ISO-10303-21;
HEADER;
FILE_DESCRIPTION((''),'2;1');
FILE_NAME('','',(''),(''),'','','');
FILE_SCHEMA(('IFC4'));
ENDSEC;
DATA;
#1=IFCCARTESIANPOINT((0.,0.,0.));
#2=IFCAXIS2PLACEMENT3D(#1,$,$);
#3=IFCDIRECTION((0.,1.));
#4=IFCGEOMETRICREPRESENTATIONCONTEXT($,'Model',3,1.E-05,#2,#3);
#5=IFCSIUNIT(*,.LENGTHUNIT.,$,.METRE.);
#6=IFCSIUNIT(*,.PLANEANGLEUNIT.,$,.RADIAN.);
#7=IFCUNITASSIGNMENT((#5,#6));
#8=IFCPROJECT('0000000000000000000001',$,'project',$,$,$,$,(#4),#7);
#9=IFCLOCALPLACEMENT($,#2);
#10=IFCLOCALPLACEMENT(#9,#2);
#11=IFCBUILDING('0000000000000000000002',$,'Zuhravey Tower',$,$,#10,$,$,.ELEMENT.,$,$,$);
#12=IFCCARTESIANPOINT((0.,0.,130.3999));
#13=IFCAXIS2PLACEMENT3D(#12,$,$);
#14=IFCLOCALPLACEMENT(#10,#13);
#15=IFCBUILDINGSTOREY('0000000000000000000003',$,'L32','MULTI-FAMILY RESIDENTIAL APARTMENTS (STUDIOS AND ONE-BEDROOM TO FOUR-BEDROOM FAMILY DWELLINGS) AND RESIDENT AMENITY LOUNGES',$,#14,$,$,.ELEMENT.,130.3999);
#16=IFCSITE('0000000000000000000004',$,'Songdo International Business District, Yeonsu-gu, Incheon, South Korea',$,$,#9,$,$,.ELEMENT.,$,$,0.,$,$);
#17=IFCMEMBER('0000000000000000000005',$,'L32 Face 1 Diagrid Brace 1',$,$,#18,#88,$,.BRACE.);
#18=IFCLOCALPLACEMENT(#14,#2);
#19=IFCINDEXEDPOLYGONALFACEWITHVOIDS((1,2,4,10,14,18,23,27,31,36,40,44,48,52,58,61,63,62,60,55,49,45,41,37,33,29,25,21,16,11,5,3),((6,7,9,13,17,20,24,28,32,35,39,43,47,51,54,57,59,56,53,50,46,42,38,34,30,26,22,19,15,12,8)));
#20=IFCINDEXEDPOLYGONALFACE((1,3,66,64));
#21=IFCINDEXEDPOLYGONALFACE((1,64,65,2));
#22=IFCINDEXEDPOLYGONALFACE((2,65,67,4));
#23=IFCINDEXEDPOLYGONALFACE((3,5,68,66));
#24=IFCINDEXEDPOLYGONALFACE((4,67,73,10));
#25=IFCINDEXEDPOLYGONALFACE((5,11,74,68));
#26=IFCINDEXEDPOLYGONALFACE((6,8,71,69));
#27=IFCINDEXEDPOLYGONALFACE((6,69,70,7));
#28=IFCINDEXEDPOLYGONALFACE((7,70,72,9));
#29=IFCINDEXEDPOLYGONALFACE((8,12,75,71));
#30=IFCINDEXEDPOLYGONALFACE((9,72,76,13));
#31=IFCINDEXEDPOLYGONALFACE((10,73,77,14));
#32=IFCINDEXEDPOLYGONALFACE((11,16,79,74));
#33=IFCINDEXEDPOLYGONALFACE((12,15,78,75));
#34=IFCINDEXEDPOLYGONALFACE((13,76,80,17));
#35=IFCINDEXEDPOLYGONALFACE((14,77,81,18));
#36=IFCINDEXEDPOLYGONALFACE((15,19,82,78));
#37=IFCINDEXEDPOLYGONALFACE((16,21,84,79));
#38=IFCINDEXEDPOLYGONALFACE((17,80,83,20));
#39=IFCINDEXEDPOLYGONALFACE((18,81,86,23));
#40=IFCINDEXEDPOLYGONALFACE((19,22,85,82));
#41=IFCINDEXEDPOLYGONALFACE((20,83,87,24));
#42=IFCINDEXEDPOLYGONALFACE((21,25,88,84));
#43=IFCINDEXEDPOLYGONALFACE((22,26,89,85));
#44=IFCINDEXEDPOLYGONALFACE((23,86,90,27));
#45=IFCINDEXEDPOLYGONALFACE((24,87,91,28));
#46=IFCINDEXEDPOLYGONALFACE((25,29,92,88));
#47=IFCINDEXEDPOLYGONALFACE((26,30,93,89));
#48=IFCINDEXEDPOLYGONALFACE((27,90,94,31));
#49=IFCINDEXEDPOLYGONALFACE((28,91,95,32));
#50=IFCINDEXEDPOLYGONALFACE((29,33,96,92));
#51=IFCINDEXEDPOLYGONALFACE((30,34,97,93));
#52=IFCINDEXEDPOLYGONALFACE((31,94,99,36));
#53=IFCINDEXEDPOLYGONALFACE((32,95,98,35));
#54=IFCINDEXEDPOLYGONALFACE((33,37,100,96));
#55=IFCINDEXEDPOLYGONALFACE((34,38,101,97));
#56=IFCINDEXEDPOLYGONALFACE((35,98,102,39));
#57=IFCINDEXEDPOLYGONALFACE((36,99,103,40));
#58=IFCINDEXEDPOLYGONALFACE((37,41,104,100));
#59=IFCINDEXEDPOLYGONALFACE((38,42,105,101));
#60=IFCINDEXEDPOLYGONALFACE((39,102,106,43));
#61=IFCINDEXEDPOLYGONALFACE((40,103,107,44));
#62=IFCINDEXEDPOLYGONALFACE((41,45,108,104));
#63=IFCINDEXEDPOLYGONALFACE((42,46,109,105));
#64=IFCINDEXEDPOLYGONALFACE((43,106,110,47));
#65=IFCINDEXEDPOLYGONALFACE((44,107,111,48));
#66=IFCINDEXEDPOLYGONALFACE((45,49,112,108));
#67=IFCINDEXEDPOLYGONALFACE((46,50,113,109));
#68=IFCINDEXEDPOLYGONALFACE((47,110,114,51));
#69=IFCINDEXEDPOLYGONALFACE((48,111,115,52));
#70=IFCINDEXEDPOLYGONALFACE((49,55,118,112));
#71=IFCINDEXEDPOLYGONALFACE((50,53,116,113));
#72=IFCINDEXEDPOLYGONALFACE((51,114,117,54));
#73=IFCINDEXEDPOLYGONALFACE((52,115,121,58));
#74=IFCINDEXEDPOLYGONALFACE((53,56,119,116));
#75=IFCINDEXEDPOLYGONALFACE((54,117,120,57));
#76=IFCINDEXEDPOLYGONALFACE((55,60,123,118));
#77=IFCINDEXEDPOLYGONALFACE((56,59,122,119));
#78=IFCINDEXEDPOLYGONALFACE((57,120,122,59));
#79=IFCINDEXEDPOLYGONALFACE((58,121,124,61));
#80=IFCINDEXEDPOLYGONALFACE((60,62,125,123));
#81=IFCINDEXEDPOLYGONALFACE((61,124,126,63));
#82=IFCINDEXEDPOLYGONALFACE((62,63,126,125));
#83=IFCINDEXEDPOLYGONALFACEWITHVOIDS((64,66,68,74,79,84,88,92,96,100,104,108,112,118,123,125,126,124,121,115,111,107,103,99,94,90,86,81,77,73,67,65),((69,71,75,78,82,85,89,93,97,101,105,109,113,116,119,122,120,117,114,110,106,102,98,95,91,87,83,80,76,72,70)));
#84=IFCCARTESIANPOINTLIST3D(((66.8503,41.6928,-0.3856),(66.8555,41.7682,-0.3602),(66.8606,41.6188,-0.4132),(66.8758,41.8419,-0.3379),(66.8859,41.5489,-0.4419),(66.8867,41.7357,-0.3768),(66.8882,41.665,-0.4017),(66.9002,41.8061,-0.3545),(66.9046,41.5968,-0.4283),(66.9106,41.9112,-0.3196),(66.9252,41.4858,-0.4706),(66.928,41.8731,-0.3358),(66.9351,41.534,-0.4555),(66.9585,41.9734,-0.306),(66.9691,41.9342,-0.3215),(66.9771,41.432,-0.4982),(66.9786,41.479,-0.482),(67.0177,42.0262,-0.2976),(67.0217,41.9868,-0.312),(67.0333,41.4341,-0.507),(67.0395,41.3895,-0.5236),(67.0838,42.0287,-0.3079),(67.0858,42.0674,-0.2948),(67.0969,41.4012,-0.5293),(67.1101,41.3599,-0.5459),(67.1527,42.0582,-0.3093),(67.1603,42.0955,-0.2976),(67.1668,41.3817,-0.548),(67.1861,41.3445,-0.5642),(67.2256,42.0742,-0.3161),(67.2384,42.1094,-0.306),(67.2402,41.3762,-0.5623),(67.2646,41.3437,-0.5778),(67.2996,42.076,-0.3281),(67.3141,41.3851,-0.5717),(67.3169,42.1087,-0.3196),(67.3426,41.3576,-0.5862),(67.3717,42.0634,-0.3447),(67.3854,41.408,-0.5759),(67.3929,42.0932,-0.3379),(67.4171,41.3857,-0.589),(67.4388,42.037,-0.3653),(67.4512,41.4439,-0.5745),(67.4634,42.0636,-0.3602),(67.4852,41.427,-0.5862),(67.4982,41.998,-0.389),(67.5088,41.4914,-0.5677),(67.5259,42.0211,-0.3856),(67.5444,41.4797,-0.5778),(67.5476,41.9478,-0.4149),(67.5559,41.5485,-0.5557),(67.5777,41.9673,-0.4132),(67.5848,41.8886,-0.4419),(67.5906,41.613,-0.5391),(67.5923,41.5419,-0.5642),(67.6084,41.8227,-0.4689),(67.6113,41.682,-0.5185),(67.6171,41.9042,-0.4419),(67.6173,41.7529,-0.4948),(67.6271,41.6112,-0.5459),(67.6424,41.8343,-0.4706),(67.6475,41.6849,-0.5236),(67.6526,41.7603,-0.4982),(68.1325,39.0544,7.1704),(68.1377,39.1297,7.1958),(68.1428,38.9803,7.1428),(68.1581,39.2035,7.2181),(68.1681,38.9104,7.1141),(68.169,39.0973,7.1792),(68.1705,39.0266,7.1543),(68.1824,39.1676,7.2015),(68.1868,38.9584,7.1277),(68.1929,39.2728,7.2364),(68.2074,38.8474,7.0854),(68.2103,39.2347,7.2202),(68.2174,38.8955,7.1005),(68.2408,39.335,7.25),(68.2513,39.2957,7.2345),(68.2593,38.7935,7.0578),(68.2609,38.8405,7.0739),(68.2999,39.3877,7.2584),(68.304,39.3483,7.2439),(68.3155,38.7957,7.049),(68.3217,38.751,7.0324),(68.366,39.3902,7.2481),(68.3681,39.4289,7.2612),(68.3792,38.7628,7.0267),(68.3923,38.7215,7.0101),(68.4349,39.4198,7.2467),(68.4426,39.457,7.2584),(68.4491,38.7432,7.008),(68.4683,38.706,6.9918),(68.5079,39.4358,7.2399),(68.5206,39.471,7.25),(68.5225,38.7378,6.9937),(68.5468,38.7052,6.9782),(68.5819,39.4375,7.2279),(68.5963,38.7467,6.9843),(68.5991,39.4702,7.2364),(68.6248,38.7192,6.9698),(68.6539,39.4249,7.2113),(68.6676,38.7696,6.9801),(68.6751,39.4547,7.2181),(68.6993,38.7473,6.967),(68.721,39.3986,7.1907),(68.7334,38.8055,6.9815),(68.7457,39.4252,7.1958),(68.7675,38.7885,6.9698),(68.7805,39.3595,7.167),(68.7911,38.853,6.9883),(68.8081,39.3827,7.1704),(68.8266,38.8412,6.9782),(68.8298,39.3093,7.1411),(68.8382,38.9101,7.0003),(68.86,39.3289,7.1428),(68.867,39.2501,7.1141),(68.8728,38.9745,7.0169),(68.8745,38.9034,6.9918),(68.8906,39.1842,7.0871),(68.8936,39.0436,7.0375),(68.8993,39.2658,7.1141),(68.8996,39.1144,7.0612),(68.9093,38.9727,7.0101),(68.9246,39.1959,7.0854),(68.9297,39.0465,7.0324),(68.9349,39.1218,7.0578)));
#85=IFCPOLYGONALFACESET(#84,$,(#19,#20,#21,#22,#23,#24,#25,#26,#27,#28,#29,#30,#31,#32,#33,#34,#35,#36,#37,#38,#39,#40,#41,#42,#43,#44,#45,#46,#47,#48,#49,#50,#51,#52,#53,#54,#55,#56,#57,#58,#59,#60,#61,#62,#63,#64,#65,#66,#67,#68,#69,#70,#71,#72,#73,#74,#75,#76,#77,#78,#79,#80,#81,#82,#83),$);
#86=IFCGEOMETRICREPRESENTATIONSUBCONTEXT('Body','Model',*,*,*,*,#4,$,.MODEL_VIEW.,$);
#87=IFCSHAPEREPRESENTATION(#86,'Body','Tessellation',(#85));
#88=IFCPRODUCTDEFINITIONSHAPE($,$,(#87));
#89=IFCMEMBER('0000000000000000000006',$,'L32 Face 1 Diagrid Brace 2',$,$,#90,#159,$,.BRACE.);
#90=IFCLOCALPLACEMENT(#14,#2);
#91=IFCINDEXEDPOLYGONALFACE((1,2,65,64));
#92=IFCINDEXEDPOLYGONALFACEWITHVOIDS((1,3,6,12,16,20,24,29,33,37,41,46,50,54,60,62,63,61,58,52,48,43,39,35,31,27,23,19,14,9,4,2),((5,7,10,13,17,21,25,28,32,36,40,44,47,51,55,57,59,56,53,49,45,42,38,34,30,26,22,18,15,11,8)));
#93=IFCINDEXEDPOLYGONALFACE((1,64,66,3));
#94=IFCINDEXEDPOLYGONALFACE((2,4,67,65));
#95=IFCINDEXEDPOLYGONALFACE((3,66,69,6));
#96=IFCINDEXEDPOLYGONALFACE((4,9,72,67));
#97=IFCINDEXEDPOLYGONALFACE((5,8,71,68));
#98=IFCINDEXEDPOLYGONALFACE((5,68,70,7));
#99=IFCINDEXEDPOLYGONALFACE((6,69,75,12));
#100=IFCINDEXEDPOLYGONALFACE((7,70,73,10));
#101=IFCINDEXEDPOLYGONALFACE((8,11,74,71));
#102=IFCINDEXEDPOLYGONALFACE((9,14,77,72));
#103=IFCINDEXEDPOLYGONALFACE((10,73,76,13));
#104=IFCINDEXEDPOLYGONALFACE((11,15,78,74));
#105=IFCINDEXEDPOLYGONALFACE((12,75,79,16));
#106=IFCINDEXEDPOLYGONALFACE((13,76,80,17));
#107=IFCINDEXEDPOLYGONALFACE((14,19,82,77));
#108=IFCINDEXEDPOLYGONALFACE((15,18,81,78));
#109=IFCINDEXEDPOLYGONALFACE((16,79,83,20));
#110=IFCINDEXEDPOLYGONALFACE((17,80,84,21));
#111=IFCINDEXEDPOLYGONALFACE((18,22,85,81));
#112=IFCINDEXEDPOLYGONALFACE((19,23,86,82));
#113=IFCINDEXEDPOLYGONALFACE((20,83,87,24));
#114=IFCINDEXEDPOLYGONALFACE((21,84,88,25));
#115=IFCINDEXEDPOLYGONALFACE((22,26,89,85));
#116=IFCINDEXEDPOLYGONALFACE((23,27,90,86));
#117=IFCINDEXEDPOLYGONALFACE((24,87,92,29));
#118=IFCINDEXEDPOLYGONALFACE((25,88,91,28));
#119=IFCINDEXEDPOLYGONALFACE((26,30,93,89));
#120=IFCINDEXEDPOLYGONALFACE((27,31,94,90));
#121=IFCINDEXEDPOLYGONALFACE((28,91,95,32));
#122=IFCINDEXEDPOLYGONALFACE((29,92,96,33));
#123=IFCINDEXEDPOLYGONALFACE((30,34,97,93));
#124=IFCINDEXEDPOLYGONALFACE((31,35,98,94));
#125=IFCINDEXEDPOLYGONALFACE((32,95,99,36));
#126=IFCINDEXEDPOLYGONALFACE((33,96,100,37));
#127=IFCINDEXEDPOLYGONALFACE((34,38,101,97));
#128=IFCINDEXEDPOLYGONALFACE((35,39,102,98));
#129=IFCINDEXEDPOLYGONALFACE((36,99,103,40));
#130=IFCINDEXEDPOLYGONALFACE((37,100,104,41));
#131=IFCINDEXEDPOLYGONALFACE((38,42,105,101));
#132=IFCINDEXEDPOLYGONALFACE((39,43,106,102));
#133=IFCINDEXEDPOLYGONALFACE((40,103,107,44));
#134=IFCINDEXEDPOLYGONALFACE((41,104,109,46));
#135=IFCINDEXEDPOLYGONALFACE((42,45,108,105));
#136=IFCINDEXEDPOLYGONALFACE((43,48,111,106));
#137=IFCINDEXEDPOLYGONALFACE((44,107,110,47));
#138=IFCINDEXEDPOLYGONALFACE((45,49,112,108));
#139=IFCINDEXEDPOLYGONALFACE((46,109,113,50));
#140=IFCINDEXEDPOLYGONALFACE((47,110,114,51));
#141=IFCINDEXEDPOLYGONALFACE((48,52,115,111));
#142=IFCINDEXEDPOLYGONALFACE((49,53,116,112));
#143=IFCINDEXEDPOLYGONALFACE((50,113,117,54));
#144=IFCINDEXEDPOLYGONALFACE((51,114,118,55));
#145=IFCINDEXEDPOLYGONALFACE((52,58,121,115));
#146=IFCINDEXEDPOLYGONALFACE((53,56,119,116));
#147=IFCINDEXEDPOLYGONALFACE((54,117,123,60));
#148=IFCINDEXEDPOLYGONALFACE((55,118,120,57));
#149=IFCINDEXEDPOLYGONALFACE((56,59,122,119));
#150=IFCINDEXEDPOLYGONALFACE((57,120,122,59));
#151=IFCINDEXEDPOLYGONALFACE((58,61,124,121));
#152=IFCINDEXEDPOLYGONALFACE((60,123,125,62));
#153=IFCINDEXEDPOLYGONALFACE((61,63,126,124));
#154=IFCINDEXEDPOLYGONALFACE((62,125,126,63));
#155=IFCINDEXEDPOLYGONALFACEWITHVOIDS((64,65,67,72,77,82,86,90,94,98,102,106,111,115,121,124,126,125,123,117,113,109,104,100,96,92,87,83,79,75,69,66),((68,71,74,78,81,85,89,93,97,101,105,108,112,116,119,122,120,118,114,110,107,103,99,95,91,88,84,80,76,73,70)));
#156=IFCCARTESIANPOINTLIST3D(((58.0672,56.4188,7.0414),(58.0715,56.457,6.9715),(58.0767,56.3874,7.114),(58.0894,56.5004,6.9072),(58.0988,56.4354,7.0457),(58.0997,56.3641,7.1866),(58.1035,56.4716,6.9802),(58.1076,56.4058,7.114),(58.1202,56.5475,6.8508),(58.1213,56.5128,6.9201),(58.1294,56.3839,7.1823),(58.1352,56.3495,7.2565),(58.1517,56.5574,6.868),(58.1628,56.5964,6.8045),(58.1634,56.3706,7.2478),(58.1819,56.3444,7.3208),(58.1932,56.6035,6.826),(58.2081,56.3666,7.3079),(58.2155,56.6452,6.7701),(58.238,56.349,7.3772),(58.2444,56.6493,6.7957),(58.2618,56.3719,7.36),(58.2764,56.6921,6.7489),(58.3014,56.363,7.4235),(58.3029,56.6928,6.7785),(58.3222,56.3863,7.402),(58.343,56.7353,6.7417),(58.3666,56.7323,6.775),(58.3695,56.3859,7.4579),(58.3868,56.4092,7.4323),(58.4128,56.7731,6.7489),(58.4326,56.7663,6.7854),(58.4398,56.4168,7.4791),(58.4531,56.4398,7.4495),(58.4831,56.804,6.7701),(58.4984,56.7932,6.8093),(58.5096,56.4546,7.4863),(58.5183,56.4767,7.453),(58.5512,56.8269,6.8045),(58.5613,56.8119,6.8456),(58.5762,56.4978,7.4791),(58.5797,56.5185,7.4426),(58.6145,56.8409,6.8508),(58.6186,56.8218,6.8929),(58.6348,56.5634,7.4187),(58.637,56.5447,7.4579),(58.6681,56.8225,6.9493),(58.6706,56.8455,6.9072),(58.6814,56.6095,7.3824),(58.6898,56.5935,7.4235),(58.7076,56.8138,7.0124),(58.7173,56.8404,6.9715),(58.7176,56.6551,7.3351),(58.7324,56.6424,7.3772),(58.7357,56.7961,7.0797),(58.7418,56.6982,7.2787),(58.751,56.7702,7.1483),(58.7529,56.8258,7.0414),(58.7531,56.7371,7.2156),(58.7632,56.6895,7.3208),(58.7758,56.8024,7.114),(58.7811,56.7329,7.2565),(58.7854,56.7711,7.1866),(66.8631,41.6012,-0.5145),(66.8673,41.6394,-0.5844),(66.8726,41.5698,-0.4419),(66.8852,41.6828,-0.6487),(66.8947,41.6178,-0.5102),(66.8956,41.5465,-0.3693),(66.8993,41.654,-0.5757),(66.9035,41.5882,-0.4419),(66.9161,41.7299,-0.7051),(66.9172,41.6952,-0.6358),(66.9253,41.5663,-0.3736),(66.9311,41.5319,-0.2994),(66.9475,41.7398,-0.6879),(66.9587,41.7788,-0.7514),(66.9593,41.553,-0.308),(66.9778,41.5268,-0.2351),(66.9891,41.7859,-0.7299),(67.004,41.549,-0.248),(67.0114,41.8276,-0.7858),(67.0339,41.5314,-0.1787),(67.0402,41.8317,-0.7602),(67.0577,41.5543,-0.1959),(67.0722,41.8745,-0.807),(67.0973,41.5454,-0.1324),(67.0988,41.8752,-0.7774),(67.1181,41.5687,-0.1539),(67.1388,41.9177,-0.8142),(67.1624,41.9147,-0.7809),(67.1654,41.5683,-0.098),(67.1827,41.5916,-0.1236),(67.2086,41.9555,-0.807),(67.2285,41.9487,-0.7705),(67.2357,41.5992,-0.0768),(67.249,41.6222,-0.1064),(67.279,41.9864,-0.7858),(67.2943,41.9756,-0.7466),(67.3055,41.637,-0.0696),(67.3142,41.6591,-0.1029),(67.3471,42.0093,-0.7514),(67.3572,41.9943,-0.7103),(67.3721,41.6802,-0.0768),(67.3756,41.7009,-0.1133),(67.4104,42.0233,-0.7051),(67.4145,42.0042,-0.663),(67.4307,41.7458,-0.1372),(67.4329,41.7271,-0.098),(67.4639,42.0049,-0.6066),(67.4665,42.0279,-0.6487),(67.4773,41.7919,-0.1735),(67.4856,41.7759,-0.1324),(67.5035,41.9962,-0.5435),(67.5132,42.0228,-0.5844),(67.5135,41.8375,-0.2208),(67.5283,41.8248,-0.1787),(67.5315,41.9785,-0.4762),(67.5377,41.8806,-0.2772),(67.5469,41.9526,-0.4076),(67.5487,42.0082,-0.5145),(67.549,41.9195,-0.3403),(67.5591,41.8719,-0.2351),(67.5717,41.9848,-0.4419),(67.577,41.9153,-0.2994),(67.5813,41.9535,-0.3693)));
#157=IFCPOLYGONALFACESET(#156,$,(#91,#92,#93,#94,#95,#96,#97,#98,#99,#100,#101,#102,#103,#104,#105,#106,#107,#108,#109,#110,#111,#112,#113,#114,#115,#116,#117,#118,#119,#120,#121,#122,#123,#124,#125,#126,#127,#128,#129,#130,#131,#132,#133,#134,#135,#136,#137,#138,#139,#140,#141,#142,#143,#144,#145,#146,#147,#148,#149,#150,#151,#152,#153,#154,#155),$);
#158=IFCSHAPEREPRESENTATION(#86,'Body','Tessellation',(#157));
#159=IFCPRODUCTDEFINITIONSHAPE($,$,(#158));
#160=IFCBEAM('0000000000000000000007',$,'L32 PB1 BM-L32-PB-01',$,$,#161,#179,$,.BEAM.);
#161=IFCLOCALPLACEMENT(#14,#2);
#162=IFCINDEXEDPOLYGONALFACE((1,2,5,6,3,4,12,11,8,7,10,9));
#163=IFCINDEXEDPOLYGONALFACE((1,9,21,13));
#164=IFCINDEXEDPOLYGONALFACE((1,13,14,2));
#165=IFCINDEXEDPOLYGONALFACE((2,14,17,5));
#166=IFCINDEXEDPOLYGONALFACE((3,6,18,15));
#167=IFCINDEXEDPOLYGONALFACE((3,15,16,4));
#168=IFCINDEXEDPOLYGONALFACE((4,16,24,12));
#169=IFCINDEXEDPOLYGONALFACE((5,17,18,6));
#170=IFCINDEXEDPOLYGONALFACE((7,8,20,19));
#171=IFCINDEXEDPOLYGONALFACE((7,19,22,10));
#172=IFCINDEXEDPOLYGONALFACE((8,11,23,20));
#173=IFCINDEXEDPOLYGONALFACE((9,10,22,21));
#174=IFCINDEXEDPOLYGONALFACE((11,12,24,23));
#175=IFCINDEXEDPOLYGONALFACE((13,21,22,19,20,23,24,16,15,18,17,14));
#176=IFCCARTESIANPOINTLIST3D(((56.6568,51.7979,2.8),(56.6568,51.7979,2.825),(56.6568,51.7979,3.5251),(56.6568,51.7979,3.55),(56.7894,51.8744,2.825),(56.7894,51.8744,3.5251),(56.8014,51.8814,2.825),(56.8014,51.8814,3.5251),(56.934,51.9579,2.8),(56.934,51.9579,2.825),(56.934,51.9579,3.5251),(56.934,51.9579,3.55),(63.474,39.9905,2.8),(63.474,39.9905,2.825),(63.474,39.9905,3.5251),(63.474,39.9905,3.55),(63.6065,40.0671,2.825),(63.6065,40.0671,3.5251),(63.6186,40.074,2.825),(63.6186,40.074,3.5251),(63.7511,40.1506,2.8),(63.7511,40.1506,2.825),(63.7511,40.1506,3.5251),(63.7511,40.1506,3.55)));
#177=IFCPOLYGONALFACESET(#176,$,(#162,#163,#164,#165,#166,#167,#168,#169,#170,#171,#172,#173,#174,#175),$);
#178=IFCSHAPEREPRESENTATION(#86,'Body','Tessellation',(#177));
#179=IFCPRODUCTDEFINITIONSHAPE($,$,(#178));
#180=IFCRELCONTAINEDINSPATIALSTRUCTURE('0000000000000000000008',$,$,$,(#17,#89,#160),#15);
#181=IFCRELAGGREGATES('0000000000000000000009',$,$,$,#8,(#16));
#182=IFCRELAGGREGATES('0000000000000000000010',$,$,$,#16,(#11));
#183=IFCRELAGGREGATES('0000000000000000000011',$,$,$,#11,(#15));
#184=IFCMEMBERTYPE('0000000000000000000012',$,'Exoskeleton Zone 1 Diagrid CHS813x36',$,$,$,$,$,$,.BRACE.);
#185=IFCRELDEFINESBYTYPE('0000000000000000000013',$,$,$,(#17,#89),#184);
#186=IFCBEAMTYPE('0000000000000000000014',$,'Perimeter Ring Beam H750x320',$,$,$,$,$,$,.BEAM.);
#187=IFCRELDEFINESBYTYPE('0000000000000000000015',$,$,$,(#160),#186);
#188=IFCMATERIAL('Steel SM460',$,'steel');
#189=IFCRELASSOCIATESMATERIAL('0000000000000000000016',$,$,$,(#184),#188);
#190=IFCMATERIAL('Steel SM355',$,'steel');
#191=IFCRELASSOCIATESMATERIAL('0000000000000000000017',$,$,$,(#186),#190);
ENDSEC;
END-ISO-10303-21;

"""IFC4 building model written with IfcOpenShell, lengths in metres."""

from ifc_helpers import new_model, si_unit, direction, frame, origin, origin_2d, place, context, subcontext, project, spatial, hollow_circle, i_section, extrude, material, material_profile, profile_set, type_object, element, save


model = new_model("IFC4")

# Units and contexts
model_context = context("Model", 3, precision=1e-05, world=origin(), true_north=direction((0.0, 1.0)))
body_context = subcontext(model_context, "Body", "Model", "MODEL_VIEW")
ifc_project = project(units=[si_unit("LENGTHUNIT", "METRE"), si_unit("PLANEANGLEUNIT", "RADIAN")], contexts=[model_context])

# Site, building, storey
site_placement = place(None, origin())
site = spatial("IfcSite", under=ifc_project, at=site_placement, Name="Songdo International Business District, Yeonsu-gu, Incheon, South Korea", CompositionType="ELEMENT", RefElevation=0.0)
building_placement = place(site_placement, origin())
building = spatial("IfcBuilding", under=site, at=building_placement, Name="Zuhravey Tower", CompositionType="ELEMENT")
storey_placement = place(building_placement, frame((0.0, 0.0, 130.3999)))
storey = spatial("IfcBuildingStorey", under=building, at=storey_placement, Name="L32", Description="MULTI-FAMILY RESIDENTIAL APARTMENTS (STUDIOS AND ONE-BEDROOM TO FOUR-BEDROOM FAMILY DWELLINGS) AND RESIDENT AMENITY LOUNGES", CompositionType="ELEMENT", Elevation=130.3999)

# Members
ifc_material_1 = material(Name="Steel SM355", Category="steel")
ifc_material_2 = material(Name="Steel SM460", Category="steel")
ifc_material_profile_1 = material_profile(ifc_material_2, hollow_circle(Radius=0.4065, WallThickness=0.0359, at=origin_2d()), Name="CHS-812.8x36")
ifc_profile_set_1 = profile_set([ifc_material_profile_1], Name="Steel SM460")
member_type_1 = type_object("IfcMemberType", Name="Exoskeleton Zone 1 Diagrid CHS813x36", PredefinedType="BRACE", material=ifc_profile_set_1)
member_1_placement = place(storey_placement, frame((67.2515, 41.7266, -0.4419), z_axis=(0.158195, -0.325516, 0.932209), x_axis=(0.899414, 0.437098, 0.0)))
element("IfcMember", 1, at=member_1_placement, inside=storey, type_object=member_type_1, Name="L32 Face 1 Diagrid Brace 1", PredefinedType="BRACE", context=body_context, shape_type="SweptSolid", body=[
    extrude(hollow_circle(Radius=0.4065, WallThickness=0.0359, at=origin_2d()), origin(), (0.0, 0.0, 1.0), 8.1055),
])
member_2_placement = place(storey_placement, frame((67.2222, 41.7773, -0.4419), z_axis=(-0.467482, 0.787524, 0.40158), x_axis=(-0.859907, -0.51045, 0.0)))
element("IfcMember", 2, at=member_2_placement, inside=storey, type_object=member_type_1, Name="L32 Face 1 Diagrid Brace 2", PredefinedType="BRACE", context=body_context, shape_type="SweptSolid", body=[
    extrude(hollow_circle(Radius=0.4065, WallThickness=0.0359, at=origin_2d()), origin(), (0.0, 0.0, 1.0), 18.8154),
])

# Beam
ifc_material_profile_2 = material_profile(ifc_material_1, i_section(OverallWidth=0.3201, OverallDepth=0.75, WebThickness=0.0139, FlangeThickness=0.0249, at=origin_2d()), Name="H-750x320x14x25")
ifc_profile_set_2 = profile_set([ifc_material_profile_2], Name="Steel SM355")
beam_type_1 = type_object("IfcBeamType", Name="Perimeter Ring Beam H750x320", PredefinedType="BEAM", material=ifc_profile_set_2)
beam_1_placement = place(storey_placement, frame((63.6125, 40.0706, 3.175), z_axis=(-0.500008, 0.866021, 0.0), x_axis=(-0.866021, -0.500008, 0.0)))
element("IfcBeam", 3, at=beam_1_placement, inside=storey, type_object=beam_type_1, Name="L32 PB1 BM-L32-PB-01", PredefinedType="BEAM", context=body_context, shape_type="SweptSolid", body=[
    extrude(i_section(OverallWidth=0.3201, OverallDepth=0.75, WebThickness=0.0139, FlangeThickness=0.0249, at=origin_2d()), origin(), (0.0, 0.0, 1.0), 13.634),
])

save(model, "model.ifc")
